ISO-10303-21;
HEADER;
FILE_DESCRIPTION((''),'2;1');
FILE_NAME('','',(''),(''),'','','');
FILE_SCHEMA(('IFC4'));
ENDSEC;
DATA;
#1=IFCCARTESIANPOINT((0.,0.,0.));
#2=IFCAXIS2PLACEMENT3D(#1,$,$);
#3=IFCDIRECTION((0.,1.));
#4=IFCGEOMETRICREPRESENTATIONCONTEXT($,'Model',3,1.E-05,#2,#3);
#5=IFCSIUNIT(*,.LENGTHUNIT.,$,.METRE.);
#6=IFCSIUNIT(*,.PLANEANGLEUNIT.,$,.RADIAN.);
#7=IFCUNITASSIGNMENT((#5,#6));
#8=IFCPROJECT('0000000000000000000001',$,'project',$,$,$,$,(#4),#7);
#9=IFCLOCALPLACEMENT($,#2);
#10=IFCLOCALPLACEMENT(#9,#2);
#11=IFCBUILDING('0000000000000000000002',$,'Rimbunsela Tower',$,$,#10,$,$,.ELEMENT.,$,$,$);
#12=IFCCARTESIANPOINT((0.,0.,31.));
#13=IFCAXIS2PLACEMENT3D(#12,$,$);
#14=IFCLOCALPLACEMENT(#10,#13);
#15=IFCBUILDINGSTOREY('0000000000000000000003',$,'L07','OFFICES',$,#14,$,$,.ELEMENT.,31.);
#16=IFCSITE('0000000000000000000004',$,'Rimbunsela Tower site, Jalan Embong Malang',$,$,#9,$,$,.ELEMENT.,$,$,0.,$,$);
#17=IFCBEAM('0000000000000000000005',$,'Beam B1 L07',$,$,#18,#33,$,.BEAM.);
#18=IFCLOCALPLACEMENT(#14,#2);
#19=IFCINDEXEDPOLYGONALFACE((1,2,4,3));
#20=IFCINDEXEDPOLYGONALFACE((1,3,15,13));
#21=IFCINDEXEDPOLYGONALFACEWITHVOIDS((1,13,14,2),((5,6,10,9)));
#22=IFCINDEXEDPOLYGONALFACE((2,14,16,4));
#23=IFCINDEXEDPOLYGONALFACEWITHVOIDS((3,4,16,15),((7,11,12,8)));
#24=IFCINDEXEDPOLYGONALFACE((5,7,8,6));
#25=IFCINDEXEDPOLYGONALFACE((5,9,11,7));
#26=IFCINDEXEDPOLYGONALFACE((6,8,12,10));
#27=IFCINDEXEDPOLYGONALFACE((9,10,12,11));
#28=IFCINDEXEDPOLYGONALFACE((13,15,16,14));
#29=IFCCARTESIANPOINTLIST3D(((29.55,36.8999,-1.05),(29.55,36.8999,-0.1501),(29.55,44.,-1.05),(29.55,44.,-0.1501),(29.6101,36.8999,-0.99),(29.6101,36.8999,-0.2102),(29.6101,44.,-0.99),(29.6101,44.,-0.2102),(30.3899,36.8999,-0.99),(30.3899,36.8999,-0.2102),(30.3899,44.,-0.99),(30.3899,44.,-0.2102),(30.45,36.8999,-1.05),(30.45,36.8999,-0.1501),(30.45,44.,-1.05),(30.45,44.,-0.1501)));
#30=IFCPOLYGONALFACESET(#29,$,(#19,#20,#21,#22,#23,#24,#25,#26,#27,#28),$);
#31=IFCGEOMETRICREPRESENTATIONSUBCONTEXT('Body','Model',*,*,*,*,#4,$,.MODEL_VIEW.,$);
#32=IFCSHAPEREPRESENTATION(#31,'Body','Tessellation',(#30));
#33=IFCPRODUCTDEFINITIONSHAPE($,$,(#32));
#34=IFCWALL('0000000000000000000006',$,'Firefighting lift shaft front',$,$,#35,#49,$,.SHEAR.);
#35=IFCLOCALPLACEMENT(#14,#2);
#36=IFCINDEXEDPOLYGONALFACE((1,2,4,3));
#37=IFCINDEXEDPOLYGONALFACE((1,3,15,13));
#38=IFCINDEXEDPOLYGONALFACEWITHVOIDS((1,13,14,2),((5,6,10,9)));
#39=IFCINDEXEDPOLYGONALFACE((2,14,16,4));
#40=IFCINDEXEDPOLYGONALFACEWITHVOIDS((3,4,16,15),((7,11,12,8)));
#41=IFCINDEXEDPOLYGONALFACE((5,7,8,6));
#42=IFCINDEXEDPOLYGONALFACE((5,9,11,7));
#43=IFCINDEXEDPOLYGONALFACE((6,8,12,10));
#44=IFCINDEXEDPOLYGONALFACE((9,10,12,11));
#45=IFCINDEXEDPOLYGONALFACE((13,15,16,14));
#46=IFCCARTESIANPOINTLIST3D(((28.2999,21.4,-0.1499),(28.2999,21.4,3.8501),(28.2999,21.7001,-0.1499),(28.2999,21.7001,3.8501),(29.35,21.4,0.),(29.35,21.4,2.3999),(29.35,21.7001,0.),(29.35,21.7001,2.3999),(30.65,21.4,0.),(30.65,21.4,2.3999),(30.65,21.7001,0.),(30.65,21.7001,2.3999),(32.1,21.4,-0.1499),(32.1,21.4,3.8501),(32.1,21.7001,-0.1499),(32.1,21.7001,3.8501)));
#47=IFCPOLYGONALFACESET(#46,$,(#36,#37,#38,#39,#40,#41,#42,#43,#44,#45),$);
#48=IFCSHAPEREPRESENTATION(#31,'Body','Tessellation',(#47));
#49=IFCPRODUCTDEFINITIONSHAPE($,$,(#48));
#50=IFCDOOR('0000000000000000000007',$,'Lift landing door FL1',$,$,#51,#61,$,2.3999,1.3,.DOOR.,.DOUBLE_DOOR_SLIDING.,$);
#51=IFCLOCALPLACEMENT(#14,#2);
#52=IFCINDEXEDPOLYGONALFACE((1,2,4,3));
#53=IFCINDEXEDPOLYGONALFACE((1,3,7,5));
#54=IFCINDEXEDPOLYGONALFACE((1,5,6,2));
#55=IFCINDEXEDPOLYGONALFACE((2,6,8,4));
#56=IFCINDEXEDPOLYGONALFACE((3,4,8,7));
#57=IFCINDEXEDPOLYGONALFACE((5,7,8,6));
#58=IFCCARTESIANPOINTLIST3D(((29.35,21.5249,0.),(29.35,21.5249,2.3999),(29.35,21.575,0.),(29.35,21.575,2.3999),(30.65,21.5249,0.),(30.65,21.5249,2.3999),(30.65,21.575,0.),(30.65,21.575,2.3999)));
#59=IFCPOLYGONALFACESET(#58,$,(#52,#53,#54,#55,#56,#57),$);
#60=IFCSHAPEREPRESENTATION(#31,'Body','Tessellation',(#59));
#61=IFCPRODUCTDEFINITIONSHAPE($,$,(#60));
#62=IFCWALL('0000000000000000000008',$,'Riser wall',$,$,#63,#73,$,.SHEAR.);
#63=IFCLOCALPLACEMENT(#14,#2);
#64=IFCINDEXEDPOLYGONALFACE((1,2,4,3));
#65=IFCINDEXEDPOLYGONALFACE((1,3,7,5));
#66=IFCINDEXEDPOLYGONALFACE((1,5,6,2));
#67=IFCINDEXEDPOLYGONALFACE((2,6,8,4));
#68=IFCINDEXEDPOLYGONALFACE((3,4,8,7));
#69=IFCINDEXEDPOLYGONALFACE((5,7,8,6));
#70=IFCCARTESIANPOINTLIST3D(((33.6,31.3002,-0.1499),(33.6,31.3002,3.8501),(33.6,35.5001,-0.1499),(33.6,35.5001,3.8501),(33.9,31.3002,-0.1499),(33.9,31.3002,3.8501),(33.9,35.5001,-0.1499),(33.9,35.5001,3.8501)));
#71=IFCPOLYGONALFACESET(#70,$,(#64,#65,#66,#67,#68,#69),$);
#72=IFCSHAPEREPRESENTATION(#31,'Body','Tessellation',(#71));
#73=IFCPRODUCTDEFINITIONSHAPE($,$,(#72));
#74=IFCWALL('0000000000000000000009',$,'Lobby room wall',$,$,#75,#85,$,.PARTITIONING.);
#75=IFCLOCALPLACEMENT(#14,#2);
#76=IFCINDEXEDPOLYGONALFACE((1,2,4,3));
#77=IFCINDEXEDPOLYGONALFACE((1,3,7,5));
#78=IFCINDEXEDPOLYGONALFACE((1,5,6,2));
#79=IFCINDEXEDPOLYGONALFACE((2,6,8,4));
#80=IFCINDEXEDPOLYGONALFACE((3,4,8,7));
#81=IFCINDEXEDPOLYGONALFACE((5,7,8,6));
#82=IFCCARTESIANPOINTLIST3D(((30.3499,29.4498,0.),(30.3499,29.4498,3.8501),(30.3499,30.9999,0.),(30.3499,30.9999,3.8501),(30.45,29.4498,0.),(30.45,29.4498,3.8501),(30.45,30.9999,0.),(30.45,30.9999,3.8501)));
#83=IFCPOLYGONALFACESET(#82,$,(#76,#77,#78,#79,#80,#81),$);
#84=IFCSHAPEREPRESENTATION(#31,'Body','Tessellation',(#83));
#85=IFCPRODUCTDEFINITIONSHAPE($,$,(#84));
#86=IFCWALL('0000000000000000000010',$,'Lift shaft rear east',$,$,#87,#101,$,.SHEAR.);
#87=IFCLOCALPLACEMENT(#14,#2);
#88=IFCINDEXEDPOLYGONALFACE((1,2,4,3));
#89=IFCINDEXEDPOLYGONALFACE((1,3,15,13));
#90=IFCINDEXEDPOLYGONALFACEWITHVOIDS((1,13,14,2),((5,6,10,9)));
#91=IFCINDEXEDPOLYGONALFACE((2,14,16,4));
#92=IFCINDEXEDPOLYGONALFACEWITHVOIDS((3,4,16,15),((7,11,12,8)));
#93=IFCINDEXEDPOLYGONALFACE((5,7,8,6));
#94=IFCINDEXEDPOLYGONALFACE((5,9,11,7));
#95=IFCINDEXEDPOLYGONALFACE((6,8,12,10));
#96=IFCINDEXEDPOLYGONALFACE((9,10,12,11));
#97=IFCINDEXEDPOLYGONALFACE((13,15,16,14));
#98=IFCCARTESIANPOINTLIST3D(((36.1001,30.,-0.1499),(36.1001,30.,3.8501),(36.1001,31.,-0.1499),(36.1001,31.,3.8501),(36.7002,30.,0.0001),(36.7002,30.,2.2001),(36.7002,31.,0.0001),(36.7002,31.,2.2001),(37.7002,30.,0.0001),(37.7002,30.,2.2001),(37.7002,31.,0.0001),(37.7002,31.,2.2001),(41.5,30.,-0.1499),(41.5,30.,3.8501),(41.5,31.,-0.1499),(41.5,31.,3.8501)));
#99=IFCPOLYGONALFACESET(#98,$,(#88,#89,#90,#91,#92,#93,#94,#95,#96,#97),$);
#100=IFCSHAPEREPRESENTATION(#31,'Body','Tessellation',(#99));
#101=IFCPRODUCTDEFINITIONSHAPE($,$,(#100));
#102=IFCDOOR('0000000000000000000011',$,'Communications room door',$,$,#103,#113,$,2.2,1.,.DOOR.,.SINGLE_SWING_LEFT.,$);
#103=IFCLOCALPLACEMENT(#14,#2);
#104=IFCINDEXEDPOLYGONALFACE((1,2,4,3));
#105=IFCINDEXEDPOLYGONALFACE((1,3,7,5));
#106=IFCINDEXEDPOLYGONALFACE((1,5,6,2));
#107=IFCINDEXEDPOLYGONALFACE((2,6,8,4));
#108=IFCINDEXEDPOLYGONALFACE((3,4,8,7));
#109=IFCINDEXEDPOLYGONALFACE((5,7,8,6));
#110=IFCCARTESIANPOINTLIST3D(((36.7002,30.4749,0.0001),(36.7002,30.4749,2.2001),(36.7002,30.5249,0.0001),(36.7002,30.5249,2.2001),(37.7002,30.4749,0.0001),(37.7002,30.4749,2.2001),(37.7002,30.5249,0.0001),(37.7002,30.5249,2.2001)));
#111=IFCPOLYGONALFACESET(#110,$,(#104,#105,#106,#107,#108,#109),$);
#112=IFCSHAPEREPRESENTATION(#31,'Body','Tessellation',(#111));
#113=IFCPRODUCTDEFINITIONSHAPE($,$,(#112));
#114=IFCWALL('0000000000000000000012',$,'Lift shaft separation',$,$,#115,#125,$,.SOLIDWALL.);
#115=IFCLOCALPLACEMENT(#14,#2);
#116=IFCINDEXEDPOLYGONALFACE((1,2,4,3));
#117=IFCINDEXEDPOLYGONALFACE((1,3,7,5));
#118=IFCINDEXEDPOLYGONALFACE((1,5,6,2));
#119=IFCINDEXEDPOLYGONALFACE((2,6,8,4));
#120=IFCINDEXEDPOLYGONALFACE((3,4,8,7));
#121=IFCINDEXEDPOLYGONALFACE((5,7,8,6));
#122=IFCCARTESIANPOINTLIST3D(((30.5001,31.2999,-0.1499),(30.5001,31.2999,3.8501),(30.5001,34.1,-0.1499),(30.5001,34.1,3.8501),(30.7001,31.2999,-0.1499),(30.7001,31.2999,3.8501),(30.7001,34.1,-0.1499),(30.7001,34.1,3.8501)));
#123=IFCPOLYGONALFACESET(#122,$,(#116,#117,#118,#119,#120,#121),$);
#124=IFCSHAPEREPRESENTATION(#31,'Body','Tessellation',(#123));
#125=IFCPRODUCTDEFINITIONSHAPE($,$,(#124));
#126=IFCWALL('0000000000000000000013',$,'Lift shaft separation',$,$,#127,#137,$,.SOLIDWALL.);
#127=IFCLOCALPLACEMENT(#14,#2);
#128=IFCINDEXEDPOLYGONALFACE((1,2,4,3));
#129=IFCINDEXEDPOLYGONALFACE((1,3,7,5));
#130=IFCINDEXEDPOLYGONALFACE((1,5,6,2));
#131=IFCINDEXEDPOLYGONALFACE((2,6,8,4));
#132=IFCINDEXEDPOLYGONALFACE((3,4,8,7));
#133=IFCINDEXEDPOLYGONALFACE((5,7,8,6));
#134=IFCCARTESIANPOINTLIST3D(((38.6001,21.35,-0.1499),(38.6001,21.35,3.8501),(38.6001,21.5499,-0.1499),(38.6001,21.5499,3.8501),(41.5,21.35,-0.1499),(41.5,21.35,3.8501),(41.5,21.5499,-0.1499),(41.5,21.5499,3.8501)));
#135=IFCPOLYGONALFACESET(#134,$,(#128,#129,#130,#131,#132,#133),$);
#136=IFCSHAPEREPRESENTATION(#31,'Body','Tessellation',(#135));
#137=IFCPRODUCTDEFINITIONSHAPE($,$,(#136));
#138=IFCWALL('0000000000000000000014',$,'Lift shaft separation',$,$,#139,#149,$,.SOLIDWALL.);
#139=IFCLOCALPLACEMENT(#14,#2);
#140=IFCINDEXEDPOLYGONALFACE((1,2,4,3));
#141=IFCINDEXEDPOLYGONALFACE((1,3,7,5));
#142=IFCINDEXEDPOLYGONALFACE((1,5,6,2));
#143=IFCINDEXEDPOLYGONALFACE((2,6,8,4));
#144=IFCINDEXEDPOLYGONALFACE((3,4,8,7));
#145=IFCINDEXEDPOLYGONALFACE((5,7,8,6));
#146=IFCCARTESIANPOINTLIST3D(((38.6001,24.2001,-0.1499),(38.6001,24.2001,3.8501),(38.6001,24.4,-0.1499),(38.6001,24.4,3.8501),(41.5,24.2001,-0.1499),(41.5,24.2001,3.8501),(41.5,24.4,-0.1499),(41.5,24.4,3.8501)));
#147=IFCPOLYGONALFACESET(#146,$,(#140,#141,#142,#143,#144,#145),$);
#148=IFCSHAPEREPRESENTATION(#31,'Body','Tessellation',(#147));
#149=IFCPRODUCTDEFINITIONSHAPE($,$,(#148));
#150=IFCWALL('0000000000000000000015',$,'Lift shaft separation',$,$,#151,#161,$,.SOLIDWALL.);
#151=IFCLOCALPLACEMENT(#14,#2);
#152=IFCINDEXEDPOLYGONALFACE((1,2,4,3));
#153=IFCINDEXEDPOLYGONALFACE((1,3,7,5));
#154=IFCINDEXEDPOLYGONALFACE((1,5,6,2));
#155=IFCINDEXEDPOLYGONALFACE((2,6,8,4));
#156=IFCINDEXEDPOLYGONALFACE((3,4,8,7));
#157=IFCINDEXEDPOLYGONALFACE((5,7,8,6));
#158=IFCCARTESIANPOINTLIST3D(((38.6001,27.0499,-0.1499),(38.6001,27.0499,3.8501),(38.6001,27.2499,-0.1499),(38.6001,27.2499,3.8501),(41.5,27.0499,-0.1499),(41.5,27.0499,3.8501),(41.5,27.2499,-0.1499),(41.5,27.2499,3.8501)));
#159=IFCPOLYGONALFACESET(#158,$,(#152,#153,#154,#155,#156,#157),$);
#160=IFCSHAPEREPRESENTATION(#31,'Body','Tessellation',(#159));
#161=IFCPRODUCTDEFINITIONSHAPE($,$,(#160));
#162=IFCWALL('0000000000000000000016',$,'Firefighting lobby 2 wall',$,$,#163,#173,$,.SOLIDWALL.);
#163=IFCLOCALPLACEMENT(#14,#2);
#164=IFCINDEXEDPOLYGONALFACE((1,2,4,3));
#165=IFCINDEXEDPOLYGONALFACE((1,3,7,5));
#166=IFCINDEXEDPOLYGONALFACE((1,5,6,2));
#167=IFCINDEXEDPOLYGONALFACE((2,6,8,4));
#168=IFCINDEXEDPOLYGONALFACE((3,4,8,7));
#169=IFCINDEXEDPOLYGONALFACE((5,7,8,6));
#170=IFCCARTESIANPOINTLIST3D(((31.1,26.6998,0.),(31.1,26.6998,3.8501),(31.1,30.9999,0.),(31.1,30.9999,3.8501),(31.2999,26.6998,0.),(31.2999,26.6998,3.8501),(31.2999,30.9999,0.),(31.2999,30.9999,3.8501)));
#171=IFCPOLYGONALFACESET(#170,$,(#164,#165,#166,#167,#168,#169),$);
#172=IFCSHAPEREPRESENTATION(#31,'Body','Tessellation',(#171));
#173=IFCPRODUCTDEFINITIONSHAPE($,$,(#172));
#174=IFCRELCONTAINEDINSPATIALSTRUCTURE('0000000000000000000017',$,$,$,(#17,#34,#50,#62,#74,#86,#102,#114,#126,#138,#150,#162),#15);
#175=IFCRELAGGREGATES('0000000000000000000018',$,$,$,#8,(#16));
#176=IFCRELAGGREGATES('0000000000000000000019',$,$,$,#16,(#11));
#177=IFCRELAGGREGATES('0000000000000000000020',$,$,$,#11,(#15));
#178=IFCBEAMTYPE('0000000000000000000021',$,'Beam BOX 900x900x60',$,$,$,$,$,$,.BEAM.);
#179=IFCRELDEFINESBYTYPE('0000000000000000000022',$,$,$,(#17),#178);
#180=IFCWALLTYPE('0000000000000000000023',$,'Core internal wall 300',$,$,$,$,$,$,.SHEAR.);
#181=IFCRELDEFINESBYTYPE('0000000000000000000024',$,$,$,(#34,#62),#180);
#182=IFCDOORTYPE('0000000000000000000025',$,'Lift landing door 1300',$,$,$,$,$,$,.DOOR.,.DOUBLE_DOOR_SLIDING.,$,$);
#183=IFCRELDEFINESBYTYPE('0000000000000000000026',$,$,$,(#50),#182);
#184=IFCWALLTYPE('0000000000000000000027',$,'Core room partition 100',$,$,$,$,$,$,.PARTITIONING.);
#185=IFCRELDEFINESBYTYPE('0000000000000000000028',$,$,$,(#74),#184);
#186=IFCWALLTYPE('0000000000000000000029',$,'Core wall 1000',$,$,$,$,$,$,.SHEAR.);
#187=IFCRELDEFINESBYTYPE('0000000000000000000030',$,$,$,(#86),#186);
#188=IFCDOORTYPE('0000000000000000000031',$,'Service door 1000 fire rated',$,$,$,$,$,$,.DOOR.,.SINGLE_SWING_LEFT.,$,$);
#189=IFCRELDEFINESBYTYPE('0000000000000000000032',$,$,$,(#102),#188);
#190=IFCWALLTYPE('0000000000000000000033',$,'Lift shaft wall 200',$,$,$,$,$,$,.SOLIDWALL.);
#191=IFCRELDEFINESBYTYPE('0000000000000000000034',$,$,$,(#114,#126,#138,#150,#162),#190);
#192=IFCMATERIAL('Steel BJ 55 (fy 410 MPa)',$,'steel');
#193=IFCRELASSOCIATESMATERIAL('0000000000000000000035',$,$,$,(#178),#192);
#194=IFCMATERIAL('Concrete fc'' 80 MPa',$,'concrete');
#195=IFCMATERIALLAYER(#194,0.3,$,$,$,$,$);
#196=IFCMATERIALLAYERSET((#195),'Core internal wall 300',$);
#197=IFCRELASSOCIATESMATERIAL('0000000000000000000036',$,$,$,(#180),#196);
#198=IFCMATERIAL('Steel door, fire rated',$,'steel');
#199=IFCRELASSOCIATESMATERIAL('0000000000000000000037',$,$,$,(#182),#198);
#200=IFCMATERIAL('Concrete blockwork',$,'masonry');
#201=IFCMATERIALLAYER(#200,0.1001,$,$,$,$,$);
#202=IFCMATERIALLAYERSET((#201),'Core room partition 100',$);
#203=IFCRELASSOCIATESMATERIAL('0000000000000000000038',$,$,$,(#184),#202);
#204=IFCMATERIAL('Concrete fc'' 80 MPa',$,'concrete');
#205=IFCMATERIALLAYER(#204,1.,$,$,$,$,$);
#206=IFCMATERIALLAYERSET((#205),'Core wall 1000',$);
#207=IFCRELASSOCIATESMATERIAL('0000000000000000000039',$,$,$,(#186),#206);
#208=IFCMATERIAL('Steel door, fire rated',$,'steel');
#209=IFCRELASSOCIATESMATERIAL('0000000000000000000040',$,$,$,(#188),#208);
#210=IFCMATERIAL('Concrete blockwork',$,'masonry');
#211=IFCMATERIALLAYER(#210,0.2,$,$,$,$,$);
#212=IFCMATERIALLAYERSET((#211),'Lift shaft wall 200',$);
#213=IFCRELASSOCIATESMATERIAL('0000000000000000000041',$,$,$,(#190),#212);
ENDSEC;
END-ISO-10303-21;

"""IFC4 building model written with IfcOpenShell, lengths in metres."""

from ifc_helpers import new_model, si_unit, direction, frame, frame_2d, origin, origin_2d, place, context, subcontext, project, spatial, rectangle, hollow_rectangle, extrude, material, layer, layer_set, material_profile, profile_set, type_object, element, fill, save


model = new_model("IFC4")

# Units and contexts
model_context = context("Model", 3, precision=1e-05, world=origin(), true_north=direction((0.0, 1.0)))
body_context = subcontext(model_context, "Body", "Model", "MODEL_VIEW")
ifc_project = project(units=[si_unit("LENGTHUNIT", "METRE"), si_unit("PLANEANGLEUNIT", "RADIAN")], contexts=[model_context])

# Site, building, storey
site_placement = place(None, origin())
site = spatial("IfcSite", under=ifc_project, at=site_placement, Name="Rimbunsela Tower site, Jalan Embong Malang", CompositionType="ELEMENT", RefElevation=0.0)
building_placement = place(site_placement, origin())
building = spatial("IfcBuilding", under=site, at=building_placement, Name="Rimbunsela Tower", CompositionType="ELEMENT")
storey_placement = place(building_placement, frame((0.0, 0.0, 31.0)))
storey = spatial("IfcBuildingStorey", under=building, at=storey_placement, Name="L07", Description="OFFICES", CompositionType="ELEMENT", Elevation=31.0)

# Beam
ifc_material_1 = material(Name="Steel BJ 55 (fy 410 MPa)", Category="steel")
ifc_material_profile = material_profile(ifc_material_1, hollow_rectangle(XDim=0.8999, YDim=0.8999, WallThickness=0.0601, at=origin_2d()), Name="BOX 900x900x60")
ifc_profile_set = profile_set([ifc_material_profile], Name="Steel BJ 55 (fy 410 MPa)")
beam_type = type_object("IfcBeamType", Name="Beam BOX 900x900x60", PredefinedType="BEAM", material=ifc_profile_set)
beam_placement = place(storey_placement, frame((30.0, 36.8999, -0.6001), z_axis=(0.0, 1.0, 0.0), x_axis=(-1.0, 0.0, 0.0)))
element("IfcBeam", 1, at=beam_placement, inside=storey, type_object=beam_type, Name="Beam B1 L07", PredefinedType="BEAM", context=body_context, shape_type="SweptSolid", body=[
    extrude(hollow_rectangle(XDim=0.8999, YDim=0.8999, WallThickness=0.0601, at=origin_2d()), origin(), (0.0, 0.0, 1.0), 7.1001),
])

# Wall, opening, door
ifc_material_2 = material(Name="Concrete fc' 80 MPa", Category="concrete")
ifc_layer_1 = layer(ifc_material_2, 0.3)
ifc_layer_set_1 = layer_set([ifc_layer_1], Name="Core internal wall 300")
wall_type_1 = type_object("IfcWallType", Name="Core internal wall 300", PredefinedType="SHEAR", material=ifc_layer_set_1)
wall_1_placement = place(storey_placement, frame((28.3, 21.55, -0.1499), z_axis=(0.0, 0.0, 1.0), x_axis=(1.0, 0.0, 0.0)))
wall_1 = element("IfcWall", 2, at=wall_1_placement, inside=storey, type_object=wall_type_1, Name="Firefighting lift shaft front", PredefinedType="SHEAR", context=body_context, shape_type="SweptSolid", body=[
    extrude(rectangle(XDim=3.8, YDim=0.3, at=frame_2d((1.8999, 0.0))), origin(), (0.0, 0.0, 1.0), 4.0),
])
opening_1_placement = place(wall_1_placement, frame((1.05, 0.0, 0.1499)))
opening_1 = element("IfcOpeningElement", 3, at=opening_1_placement, cuts=wall_1, PredefinedType="OPENING", context=body_context, shape_type="SweptSolid", body=[
    extrude(rectangle(XDim=1.3, YDim=2.3999, at=frame_2d((0.6499, 1.2))), frame((0.0, 0.1599, 0.0), z_axis=(0.0, -1.0, 0.0), x_axis=(1.0, 0.0, 0.0)), (0.0, 0.0, 1.0), 0.3201),
])
ifc_material_3 = material(Name="Steel door, fire rated", Category="steel")
door_type_1 = type_object("IfcDoorType", Name="Lift landing door 1300", OperationType="DOUBLE_DOOR_SLIDING", PredefinedType="DOOR", material=ifc_material_3)
door_1_placement = place(opening_1_placement, origin())
door_1 = element("IfcDoor", 4, at=door_1_placement, inside=storey, type_object=door_type_1, Name="Lift landing door FL1", OperationType="DOUBLE_DOOR_SLIDING", OverallHeight=2.3999, OverallWidth=1.3, PredefinedType="DOOR", context=body_context, shape_type="SweptSolid", body=[
    extrude(rectangle(XDim=1.3, YDim=2.3999, at=frame_2d((0.6499, 1.2))), frame((0.0, 0.0249, 0.0), z_axis=(0.0, -1.0, 0.0), x_axis=(1.0, 0.0, 0.0)), (0.0, 0.0, 1.0), 0.05),
])
fill(opening_1, door_1)

# Walls
wall_2_placement = place(storey_placement, frame((33.75, 31.3, -0.1499), z_axis=(0.0, 0.0, 1.0), x_axis=(0.0, 1.0, 0.0)))
element("IfcWall", 5, at=wall_2_placement, inside=storey, type_object=wall_type_1, Name="Riser wall", PredefinedType="SHEAR", context=body_context, shape_type="SweptSolid", body=[
    extrude(rectangle(XDim=4.2, YDim=0.3, at=frame_2d((2.1001, 0.0))), origin(), (0.0, 0.0, 1.0), 4.0),
])
ifc_material_4 = material(Name="Concrete blockwork", Category="masonry")
ifc_layer_2 = layer(ifc_material_4, 0.1001)
ifc_layer_set_2 = layer_set([ifc_layer_2], Name="Core room partition 100")
wall_type_2 = type_object("IfcWallType", Name="Core room partition 100", PredefinedType="PARTITIONING", material=ifc_layer_set_2)
wall_3_placement = place(storey_placement, frame((30.3999, 29.45, 0.0), z_axis=(0.0, 0.0, 1.0), x_axis=(0.0, 1.0, 0.0)))
element("IfcWall", 6, at=wall_3_placement, inside=storey, type_object=wall_type_2, Name="Lobby room wall", PredefinedType="PARTITIONING", context=body_context, shape_type="SweptSolid", body=[
    extrude(rectangle(XDim=1.55, YDim=0.1001, at=frame_2d((0.7749, 0.0))), origin(), (0.0, 0.0, 1.0), 3.8501),
])

# Wall, opening, door
ifc_material_5 = material(Name="Concrete fc' 80 MPa", Category="concrete")
ifc_layer_3 = layer(ifc_material_5, 1.0)
ifc_layer_set_3 = layer_set([ifc_layer_3], Name="Core wall 1000")
wall_type_3 = type_object("IfcWallType", Name="Core wall 1000", PredefinedType="SHEAR", material=ifc_layer_set_3)
wall_4_placement = place(storey_placement, frame((36.1001, 30.5, -0.1499), z_axis=(0.0, 0.0, 1.0), x_axis=(1.0, 0.0, 0.0)))
wall_4 = element("IfcWall", 7, at=wall_4_placement, inside=storey, type_object=wall_type_3, Name="Lift shaft rear east", PredefinedType="SHEAR", context=body_context, shape_type="SweptSolid", body=[
    extrude(rectangle(XDim=5.3999, YDim=1.0, at=frame_2d((2.7, 0.0))), origin(), (0.0, 0.0, 1.0), 4.0),
])
opening_2_placement = place(wall_4_placement, frame((0.6001, 0.0, 0.1499)))
opening_2 = element("IfcOpeningElement", 8, at=opening_2_placement, cuts=wall_4, PredefinedType="OPENING", context=body_context, shape_type="SweptSolid", body=[
    extrude(rectangle(XDim=1.0, YDim=2.2, at=frame_2d((0.5, 1.1001))), frame((0.0, 0.51, 0.0), z_axis=(0.0, -1.0, 0.0), x_axis=(1.0, 0.0, 0.0)), (0.0, 0.0, 1.0), 1.02),
])
ifc_material_6 = material(Name="Steel door, fire rated", Category="steel")
door_type_2 = type_object("IfcDoorType", Name="Service door 1000 fire rated", OperationType="SINGLE_SWING_LEFT", PredefinedType="DOOR", material=ifc_material_6)
door_2_placement = place(opening_2_placement, origin())
door_2 = element("IfcDoor", 9, at=door_2_placement, inside=storey, type_object=door_type_2, Name="Communications room door", OperationType="SINGLE_SWING_LEFT", OverallHeight=2.2, OverallWidth=1.0, PredefinedType="DOOR", context=body_context, shape_type="SweptSolid", body=[
    extrude(rectangle(XDim=1.0, YDim=2.2, at=frame_2d((0.5, 1.1001))), frame((0.0, 0.0249, 0.0), z_axis=(0.0, -1.0, 0.0), x_axis=(1.0, 0.0, 0.0)), (0.0, 0.0, 1.0), 0.05),
])
fill(opening_2, door_2)

# Walls
ifc_material_7 = material(Name="Concrete blockwork", Category="masonry")
ifc_layer_4 = layer(ifc_material_7, 0.2)
ifc_layer_set_4 = layer_set([ifc_layer_4], Name="Lift shaft wall 200")
wall_type_4 = type_object("IfcWallType", Name="Lift shaft wall 200", PredefinedType="SOLIDWALL", material=ifc_layer_set_4)
wall_5_placement = place(storey_placement, frame((30.6001, 31.3, -0.1499), z_axis=(0.0, 0.0, 1.0), x_axis=(0.0, 1.0, 0.0)))
element("IfcWall", 10, at=wall_5_placement, inside=storey, type_object=wall_type_4, Name="Lift shaft separation", PredefinedType="SOLIDWALL", context=body_context, shape_type="SweptSolid", body=[
    extrude(rectangle(XDim=2.8, YDim=0.2, at=frame_2d((1.3999, 0.0))), origin(), (0.0, 0.0, 1.0), 4.0),
])
for number, where, z_axis, x_axis, name in (
    (11, (38.6001, 21.45, -0.1499), (0.0, 0.0, 1.0), (1.0, 0.0, 0.0), "Lift shaft separation"),
    (12, (38.6001, 24.3, -0.1499), (0.0, 0.0, 1.0), (1.0, 0.0, 0.0), "Lift shaft separation"),
    (13, (38.6001, 27.1499, -0.1499), (0.0, 0.0, 1.0), (1.0, 0.0, 0.0), "Lift shaft separation"),
):
    element("IfcWall", number, at=place(storey_placement, frame(where, z_axis=z_axis, x_axis=x_axis)), inside=storey, type_object=wall_type_4, Name=name, PredefinedType="SOLIDWALL", context=body_context, shape_type="SweptSolid", body=[
        extrude(rectangle(XDim=2.8999, YDim=0.2, at=frame_2d((1.45, 0.0))), origin(), (0.0, 0.0, 1.0), 4.0),
    ])
wall_6_placement = place(storey_placement, frame((31.2, 26.7, 0.0), z_axis=(0.0, 0.0, 1.0), x_axis=(0.0, 1.0, 0.0)))
element("IfcWall", 14, at=wall_6_placement, inside=storey, type_object=wall_type_4, Name="Firefighting lobby 2 wall", PredefinedType="SOLIDWALL", context=body_context, shape_type="SweptSolid", body=[
    extrude(rectangle(XDim=4.3, YDim=0.2, at=frame_2d((2.1499, 0.0))), origin(), (0.0, 0.0, 1.0), 3.8501),
])

save(model, "model.ifc")
